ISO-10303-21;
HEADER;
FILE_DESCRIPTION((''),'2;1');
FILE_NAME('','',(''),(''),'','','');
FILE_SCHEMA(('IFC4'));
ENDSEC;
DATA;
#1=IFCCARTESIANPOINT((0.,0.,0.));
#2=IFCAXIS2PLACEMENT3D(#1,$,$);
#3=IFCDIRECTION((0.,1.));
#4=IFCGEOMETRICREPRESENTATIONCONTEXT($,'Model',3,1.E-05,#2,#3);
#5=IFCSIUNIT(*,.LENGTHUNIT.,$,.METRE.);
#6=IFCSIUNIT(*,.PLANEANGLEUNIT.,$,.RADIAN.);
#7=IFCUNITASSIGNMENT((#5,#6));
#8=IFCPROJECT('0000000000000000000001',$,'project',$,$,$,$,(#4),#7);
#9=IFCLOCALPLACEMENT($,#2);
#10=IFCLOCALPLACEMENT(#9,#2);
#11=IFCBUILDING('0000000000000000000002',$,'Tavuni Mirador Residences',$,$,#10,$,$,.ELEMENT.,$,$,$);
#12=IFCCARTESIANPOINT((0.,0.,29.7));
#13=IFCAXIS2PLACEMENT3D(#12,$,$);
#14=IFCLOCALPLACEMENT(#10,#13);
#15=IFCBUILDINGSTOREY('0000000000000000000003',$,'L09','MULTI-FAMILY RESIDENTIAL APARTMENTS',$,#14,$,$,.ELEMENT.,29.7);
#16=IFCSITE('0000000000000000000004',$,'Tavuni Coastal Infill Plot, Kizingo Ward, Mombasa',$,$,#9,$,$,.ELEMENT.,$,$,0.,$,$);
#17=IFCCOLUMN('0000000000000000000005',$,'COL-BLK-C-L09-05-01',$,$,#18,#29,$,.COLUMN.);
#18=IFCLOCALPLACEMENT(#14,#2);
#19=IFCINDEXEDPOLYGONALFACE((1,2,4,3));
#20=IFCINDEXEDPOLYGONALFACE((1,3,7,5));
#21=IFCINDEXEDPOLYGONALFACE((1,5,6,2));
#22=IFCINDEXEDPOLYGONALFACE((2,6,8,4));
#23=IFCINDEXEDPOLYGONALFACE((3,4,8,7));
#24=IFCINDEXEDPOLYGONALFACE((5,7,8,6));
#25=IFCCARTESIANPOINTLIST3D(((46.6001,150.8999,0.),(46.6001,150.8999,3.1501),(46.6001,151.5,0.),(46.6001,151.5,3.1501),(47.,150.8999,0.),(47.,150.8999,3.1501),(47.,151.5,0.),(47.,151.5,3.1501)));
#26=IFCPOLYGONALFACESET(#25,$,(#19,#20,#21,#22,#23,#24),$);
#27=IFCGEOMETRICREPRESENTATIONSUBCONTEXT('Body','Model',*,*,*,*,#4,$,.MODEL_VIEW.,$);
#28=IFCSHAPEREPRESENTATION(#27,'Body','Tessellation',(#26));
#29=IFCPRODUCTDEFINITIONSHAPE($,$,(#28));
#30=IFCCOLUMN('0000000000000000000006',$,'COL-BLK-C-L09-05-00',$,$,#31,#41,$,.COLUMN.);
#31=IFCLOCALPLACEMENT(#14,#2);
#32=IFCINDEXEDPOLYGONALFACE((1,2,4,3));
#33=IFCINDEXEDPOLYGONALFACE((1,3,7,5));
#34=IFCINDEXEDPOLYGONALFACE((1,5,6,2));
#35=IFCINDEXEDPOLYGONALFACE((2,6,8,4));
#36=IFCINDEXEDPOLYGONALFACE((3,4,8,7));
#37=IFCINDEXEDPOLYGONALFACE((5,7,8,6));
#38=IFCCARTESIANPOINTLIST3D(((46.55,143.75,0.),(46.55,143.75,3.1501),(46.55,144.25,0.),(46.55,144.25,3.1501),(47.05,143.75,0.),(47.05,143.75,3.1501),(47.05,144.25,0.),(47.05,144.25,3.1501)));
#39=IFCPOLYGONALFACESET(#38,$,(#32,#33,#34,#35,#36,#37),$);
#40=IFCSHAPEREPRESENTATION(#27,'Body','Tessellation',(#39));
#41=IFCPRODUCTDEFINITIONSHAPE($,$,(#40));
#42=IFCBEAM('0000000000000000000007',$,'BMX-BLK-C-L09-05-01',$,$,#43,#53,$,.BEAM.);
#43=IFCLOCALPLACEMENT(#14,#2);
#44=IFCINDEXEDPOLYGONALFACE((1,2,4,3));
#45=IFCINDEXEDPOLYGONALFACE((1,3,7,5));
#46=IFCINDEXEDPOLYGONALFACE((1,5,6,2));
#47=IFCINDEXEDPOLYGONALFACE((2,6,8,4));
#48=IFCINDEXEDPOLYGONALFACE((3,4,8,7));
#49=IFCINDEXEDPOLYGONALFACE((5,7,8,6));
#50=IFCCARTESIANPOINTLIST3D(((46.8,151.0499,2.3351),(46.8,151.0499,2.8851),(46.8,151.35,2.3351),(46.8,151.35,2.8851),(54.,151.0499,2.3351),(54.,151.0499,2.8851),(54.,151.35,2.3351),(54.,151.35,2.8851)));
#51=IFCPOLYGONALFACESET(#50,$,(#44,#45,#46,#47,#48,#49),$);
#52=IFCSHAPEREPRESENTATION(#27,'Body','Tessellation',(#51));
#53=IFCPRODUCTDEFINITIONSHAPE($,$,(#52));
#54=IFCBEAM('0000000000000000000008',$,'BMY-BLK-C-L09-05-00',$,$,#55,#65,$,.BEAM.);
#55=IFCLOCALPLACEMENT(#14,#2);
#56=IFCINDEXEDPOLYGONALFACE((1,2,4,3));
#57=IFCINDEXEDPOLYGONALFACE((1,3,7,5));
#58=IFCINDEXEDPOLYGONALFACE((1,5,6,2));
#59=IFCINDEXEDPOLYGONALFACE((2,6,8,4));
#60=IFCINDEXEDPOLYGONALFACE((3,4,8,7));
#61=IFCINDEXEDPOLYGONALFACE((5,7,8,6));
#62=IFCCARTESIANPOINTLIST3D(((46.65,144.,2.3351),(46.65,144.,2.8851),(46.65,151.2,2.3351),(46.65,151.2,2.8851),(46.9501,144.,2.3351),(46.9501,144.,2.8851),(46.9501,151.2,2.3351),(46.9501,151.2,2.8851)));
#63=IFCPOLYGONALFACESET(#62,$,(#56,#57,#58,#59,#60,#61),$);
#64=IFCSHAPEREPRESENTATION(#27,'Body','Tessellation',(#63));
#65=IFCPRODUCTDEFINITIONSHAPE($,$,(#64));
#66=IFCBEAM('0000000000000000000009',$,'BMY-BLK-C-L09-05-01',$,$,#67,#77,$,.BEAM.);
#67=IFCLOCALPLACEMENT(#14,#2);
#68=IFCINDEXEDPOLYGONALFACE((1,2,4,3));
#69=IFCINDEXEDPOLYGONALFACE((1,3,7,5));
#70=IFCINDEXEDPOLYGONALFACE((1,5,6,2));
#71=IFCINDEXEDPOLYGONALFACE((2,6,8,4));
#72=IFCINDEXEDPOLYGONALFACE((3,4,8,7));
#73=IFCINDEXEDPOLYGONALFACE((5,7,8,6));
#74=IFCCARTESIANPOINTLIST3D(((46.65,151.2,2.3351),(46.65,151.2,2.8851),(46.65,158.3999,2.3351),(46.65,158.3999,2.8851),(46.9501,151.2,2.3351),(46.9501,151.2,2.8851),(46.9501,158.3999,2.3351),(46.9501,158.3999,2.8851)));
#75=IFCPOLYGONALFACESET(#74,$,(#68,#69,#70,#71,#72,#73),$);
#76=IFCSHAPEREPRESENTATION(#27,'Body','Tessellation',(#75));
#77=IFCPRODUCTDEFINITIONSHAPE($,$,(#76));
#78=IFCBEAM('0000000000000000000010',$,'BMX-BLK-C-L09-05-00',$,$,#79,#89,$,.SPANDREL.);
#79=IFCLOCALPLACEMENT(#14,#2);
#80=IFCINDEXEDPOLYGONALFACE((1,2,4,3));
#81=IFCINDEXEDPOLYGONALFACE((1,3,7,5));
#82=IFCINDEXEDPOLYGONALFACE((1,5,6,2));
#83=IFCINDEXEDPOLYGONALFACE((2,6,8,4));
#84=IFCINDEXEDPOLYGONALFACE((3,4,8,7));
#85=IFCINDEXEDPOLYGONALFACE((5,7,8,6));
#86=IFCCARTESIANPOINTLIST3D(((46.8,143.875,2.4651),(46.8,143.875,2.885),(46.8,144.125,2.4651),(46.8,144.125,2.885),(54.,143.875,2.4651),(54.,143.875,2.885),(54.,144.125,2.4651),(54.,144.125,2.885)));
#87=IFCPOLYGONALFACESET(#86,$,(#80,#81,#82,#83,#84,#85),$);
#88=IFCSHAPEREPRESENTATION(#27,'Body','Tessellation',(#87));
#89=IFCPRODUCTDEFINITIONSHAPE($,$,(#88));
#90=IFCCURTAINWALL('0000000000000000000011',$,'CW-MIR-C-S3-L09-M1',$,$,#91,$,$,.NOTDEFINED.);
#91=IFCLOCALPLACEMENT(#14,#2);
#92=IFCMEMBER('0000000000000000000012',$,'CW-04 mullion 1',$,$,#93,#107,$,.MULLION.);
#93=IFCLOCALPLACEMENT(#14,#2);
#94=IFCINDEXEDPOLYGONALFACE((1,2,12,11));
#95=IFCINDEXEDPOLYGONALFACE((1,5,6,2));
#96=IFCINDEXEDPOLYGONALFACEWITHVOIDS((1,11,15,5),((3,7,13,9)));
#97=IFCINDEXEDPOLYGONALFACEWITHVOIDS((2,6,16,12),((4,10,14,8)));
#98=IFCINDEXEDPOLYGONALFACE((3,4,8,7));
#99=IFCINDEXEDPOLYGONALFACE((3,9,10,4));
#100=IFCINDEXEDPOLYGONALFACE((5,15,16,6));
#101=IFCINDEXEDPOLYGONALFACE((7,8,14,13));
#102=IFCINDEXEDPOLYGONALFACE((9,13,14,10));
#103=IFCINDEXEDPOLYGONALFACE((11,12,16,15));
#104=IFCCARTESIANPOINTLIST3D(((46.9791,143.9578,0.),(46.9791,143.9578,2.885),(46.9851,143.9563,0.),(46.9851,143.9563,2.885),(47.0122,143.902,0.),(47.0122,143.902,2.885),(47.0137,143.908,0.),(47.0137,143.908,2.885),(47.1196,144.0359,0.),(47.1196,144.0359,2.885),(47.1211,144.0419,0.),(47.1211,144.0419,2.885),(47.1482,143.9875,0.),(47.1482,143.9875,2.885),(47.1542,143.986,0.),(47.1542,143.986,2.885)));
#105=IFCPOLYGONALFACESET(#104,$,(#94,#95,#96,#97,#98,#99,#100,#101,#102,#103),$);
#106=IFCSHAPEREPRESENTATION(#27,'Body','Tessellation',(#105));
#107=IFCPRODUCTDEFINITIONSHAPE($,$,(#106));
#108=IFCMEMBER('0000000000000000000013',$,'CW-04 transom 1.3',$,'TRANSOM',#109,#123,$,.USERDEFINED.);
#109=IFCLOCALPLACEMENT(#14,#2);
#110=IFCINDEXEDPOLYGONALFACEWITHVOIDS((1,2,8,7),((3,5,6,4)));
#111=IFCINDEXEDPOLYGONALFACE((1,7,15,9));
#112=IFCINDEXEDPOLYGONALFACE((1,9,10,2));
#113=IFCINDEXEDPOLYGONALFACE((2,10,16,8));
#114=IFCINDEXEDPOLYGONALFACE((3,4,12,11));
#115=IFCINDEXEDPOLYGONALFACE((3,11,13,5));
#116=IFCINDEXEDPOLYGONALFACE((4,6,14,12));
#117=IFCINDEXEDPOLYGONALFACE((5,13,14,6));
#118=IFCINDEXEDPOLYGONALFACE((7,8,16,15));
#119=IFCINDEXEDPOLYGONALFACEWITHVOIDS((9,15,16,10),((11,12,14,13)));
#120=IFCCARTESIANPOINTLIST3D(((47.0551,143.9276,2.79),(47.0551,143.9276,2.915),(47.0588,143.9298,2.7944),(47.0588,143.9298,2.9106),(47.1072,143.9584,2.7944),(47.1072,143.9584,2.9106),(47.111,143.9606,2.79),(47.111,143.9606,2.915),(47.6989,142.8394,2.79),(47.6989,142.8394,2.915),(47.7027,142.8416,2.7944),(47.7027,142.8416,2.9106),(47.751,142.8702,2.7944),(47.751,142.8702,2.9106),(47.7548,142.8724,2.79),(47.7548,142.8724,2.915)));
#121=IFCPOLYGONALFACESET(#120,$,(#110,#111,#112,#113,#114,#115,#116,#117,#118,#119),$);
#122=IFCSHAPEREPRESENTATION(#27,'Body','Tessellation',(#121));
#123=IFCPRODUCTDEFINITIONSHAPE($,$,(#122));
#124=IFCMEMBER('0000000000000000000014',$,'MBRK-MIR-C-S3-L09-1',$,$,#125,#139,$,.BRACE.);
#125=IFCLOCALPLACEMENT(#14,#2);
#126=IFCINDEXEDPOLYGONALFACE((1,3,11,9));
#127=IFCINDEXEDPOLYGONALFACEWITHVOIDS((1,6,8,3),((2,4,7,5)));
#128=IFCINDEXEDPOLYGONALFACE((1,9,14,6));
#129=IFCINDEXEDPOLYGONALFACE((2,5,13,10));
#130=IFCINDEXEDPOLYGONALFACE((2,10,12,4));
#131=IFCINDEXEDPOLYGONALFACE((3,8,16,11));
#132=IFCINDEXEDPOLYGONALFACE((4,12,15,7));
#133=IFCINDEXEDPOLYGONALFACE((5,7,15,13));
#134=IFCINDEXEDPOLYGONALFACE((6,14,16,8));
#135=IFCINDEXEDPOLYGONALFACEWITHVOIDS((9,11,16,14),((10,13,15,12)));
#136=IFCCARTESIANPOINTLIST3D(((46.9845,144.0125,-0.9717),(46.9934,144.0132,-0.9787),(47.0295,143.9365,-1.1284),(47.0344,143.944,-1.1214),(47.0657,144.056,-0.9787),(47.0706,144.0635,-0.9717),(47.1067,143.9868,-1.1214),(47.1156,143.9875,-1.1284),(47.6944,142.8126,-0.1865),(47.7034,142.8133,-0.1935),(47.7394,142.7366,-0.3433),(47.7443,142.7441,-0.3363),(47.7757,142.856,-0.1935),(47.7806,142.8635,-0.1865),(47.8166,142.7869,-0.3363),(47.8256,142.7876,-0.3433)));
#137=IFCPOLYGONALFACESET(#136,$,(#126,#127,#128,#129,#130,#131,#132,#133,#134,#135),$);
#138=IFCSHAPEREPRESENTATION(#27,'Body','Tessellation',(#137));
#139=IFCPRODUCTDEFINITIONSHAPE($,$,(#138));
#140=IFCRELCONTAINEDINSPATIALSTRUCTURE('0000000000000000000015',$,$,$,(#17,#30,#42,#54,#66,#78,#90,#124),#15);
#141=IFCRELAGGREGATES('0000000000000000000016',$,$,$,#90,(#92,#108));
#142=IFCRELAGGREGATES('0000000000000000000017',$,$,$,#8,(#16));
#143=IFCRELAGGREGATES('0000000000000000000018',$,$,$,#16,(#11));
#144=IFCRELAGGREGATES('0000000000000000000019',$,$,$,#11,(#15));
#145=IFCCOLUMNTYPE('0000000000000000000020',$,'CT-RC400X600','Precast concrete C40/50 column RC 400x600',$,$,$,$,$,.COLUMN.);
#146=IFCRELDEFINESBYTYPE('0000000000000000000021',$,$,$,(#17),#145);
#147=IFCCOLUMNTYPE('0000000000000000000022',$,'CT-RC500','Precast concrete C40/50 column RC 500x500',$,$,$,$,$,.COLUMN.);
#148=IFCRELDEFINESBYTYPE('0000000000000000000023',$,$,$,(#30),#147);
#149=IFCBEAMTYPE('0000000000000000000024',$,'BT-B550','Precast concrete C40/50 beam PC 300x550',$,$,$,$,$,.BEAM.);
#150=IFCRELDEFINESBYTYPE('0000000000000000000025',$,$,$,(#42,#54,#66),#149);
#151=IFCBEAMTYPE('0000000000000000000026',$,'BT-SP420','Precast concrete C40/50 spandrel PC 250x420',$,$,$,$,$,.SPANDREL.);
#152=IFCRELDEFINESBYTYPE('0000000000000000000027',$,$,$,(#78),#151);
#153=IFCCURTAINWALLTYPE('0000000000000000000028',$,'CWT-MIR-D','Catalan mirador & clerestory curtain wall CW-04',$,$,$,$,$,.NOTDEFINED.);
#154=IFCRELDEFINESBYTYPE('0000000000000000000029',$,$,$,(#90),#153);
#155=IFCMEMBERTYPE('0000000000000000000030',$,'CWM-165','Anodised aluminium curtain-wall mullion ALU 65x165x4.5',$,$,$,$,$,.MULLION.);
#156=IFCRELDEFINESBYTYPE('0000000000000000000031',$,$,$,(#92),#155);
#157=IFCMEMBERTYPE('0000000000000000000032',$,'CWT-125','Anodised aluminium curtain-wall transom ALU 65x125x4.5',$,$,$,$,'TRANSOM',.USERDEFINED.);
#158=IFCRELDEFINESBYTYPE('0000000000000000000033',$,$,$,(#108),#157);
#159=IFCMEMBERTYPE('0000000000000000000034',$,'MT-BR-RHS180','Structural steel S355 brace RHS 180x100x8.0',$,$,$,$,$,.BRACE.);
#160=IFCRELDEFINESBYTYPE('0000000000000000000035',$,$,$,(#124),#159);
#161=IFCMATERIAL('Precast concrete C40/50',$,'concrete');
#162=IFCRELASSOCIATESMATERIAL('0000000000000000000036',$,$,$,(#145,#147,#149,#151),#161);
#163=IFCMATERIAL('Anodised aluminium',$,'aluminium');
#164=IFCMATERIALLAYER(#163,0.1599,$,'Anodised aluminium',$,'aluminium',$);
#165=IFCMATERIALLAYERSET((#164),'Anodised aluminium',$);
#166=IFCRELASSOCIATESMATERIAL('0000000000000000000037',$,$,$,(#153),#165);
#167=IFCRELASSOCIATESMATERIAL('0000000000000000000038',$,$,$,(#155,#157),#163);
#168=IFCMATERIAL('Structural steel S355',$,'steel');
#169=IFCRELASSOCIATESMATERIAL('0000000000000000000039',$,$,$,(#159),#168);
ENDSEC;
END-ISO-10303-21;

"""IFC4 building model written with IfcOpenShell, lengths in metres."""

from ifc_helpers import new_model, si_unit, direction, frame, origin, origin_2d, place, context, subcontext, project, spatial, rectangle, hollow_rectangle, extrude, material, layer, layer_set, material_profile, profile_set, type_object, element, aggregate, save


model = new_model("IFC4")

# Units and contexts
model_context = context("Model", 3, precision=1e-05, world=origin(), true_north=direction((0.0, 1.0)))
body_context = subcontext(model_context, "Body", "Model", "MODEL_VIEW")
ifc_project = project(units=[si_unit("LENGTHUNIT", "METRE"), si_unit("PLANEANGLEUNIT", "RADIAN")], contexts=[model_context])

# Site, building, storey
site_placement = place(None, origin())
site = spatial("IfcSite", under=ifc_project, at=site_placement, Name="Tavuni Coastal Infill Plot, Kizingo Ward, Mombasa", CompositionType="ELEMENT", RefElevation=0.0)
building_placement = place(site_placement, origin())
building = spatial("IfcBuilding", under=site, at=building_placement, Name="Tavuni Mirador Residences", CompositionType="ELEMENT")
storey_placement = place(building_placement, frame((0.0, 0.0, 29.7)))
storey = spatial("IfcBuildingStorey", under=building, at=storey_placement, Name="L09", Description="MULTI-FAMILY RESIDENTIAL APARTMENTS", CompositionType="ELEMENT", Elevation=29.7)

# Columns
ifc_material_1 = material(Name="Precast concrete C40/50", Category="concrete")
ifc_material_profile_1 = material_profile(ifc_material_1, rectangle(XDim=0.3999, YDim=0.6001, at=origin_2d()), Name="RC 400x600", Category="concrete")
ifc_profile_set_1 = profile_set([ifc_material_profile_1], Name="Precast concrete C40/50")
column_type_1 = type_object("IfcColumnType", Name="CT-RC400X600", Description="Precast concrete C40/50 column RC 400x600", PredefinedType="COLUMN", material=ifc_profile_set_1)
column_1_placement = place(storey_placement, frame((46.8, 151.2, 0.0), z_axis=(0.0, 0.0, 1.0), x_axis=(1.0, 0.0, 0.0)))
element("IfcColumn", 1, at=column_1_placement, inside=storey, type_object=column_type_1, Name="COL-BLK-C-L09-05-01", PredefinedType="COLUMN", context=body_context, shape_type="SweptSolid", body=[
    extrude(rectangle(XDim=0.3999, YDim=0.6001, at=origin_2d()), origin(), (0.0, 0.0, 1.0), 3.1501),
])
ifc_material_profile_2 = material_profile(ifc_material_1, rectangle(XDim=0.5, YDim=0.5, at=origin_2d()), Name="RC 500x500", Category="concrete")
ifc_profile_set_2 = profile_set([ifc_material_profile_2], Name="Precast concrete C40/50")
column_type_2 = type_object("IfcColumnType", Name="CT-RC500", Description="Precast concrete C40/50 column RC 500x500", PredefinedType="COLUMN", material=ifc_profile_set_2)
column_2_placement = place(storey_placement, frame((46.8, 144.0, 0.0), z_axis=(0.0, 0.0, 1.0), x_axis=(1.0, 0.0, 0.0)))
element("IfcColumn", 2, at=column_2_placement, inside=storey, type_object=column_type_2, Name="COL-BLK-C-L09-05-00", PredefinedType="COLUMN", context=body_context, shape_type="SweptSolid", body=[
    extrude(rectangle(XDim=0.5, YDim=0.5, at=origin_2d()), origin(), (0.0, 0.0, 1.0), 3.1501),
])

# Beams
ifc_material_profile_3 = material_profile(ifc_material_1, rectangle(XDim=0.3, YDim=0.55, at=origin_2d()), Name="PC 300x550", Category="concrete")
ifc_profile_set_3 = profile_set([ifc_material_profile_3], Name="Precast concrete C40/50")
beam_type_1 = type_object("IfcBeamType", Name="BT-B550", Description="Precast concrete C40/50 beam PC 300x550", PredefinedType="BEAM", material=ifc_profile_set_3)
for number, where, z_axis, x_axis, name in (
    (3, (46.8, 151.2, 2.6101), (1.0, 0.0, 0.0), (0.0, 1.0, 0.0), "BMX-BLK-C-L09-05-01"),
    (4, (46.8, 144.0, 2.6101), (0.0, 1.0, 0.0), (-1.0, 0.0, 0.0), "BMY-BLK-C-L09-05-00"),
    (5, (46.8, 151.2, 2.6101), (0.0, 1.0, 0.0), (-1.0, 0.0, 0.0), "BMY-BLK-C-L09-05-01"),
):
    element("IfcBeam", number, at=place(storey_placement, frame(where, z_axis=z_axis, x_axis=x_axis)), inside=storey, type_object=beam_type_1, Name=name, PredefinedType="BEAM", context=body_context, shape_type="SweptSolid", body=[
        extrude(rectangle(XDim=0.3, YDim=0.55, at=origin_2d()), origin(), (0.0, 0.0, 1.0), 7.2),
    ])
ifc_material_profile_4 = material_profile(ifc_material_1, rectangle(XDim=0.25, YDim=0.4199, at=origin_2d()), Name="PC 250x420", Category="concrete")
ifc_profile_set_4 = profile_set([ifc_material_profile_4], Name="Precast concrete C40/50")
beam_type_2 = type_object("IfcBeamType", Name="BT-SP420", Description="Precast concrete C40/50 spandrel PC 250x420", PredefinedType="SPANDREL", material=ifc_profile_set_4)
beam_placement = place(storey_placement, frame((46.8, 144.0, 2.675), z_axis=(1.0, 0.0, 0.0), x_axis=(0.0, 1.0, 0.0)))
element("IfcBeam", 6, at=beam_placement, inside=storey, type_object=beam_type_2, Name="BMX-BLK-C-L09-05-00", PredefinedType="SPANDREL", context=body_context, shape_type="SweptSolid", body=[
    extrude(rectangle(XDim=0.25, YDim=0.4199, at=origin_2d()), origin(), (0.0, 0.0, 1.0), 7.2),
])

# Curtain wall, members
ifc_material_2 = material(Name="Anodised aluminium", Category="aluminium")
ifc_layer_1 = layer(ifc_material_2, 0.1599, Name="Anodised aluminium", Category="aluminium")
ifc_layer_set_1 = layer_set([ifc_layer_1], Name="Anodised aluminium")
curtain_wall_type = type_object("IfcCurtainWallType", Name="CWT-MIR-D", Description="Catalan mirador & clerestory curtain wall CW-04", PredefinedType="NOTDEFINED", material=ifc_layer_set_1)
curtain_wall_placement = place(storey_placement, origin())
curtain_wall = element("IfcCurtainWall", 7, at=curtain_wall_placement, inside=storey, type_object=curtain_wall_type, Name="CW-MIR-C-S3-L09-M1", PredefinedType="NOTDEFINED")
ifc_material_profile_5 = material_profile(ifc_material_2, hollow_rectangle(XDim=0.0649, YDim=0.165, WallThickness=0.0044, at=origin_2d()), Name="ALU 65x165x4.5", Category="aluminium")
ifc_profile_set_5 = profile_set([ifc_material_profile_5], Name="Anodised aluminium")
member_type_1 = type_object("IfcMemberType", Name="CWM-165", Description="Anodised aluminium curtain-wall mullion ALU 65x165x4.5", PredefinedType="MULLION", material=ifc_profile_set_5)
member_1_placement = place(storey_placement, frame((47.0667, 143.9719, 0.0), z_axis=(0.0, 0.0, 1.0), x_axis=(0.509212, -0.860641, 0.0)))
member_1 = element("IfcMember", 8, at=member_1_placement, type_object=member_type_1, Name="CW-04 mullion 1", PredefinedType="MULLION", context=body_context, shape_type="SweptSolid", body=[
    extrude(hollow_rectangle(XDim=0.0649, YDim=0.165, WallThickness=0.0044, at=origin_2d()), origin(), (0.0, 0.0, 1.0), 2.885),
])
ifc_material_profile_6 = material_profile(ifc_material_2, hollow_rectangle(XDim=0.0649, YDim=0.125, WallThickness=0.0044, at=origin_2d()), Name="ALU 65x125x4.5", Category="aluminium")
ifc_profile_set_6 = profile_set([ifc_material_profile_6], Name="Anodised aluminium")
member_type_2 = type_object("IfcMemberType", Name="CWT-125", Description="Anodised aluminium curtain-wall transom ALU 65x125x4.5", ElementType="TRANSOM", PredefinedType="USERDEFINED", material=ifc_profile_set_6)
member_2_placement = place(storey_placement, frame((47.083, 143.9441, 2.8525), z_axis=(0.509204, -0.860646, 0.0), x_axis=(0.860646, 0.509204, 0.0)))
member_2 = element("IfcMember", 9, at=member_2_placement, type_object=member_type_2, Name="CW-04 transom 1.3", ObjectType="TRANSOM", PredefinedType="USERDEFINED", context=body_context, shape_type="SweptSolid", body=[
    extrude(hollow_rectangle(XDim=0.0649, YDim=0.125, WallThickness=0.0044, at=origin_2d()), origin(), (0.0, 0.0, 1.0), 1.2644),
])
aggregate(curtain_wall, [member_1, member_2])

# Member
ifc_material_3 = material(Name="Structural steel S355", Category="steel")
ifc_material_profile_7 = material_profile(ifc_material_3, hollow_rectangle(XDim=0.1001, YDim=0.1799, WallThickness=0.0081, at=origin_2d()), Name="RHS 180x100x8.0", Category="steel")
ifc_profile_set_7 = profile_set([ifc_material_profile_7], Name="Structural steel S355")
member_type_3 = type_object("IfcMemberType", Name="MT-BR-RHS180", Description="Structural steel S355 brace RHS 180x100x8.0", PredefinedType="BRACE", material=ifc_profile_set_7)
member_3_placement = place(storey_placement, frame((47.05, 144.0, -1.05), z_axis=(0.443691, -0.749911, 0.490685), x_axis=(0.860644, 0.509207, 0.0)))
element("IfcMember", 10, at=member_3_placement, inside=storey, type_object=member_type_3, Name="MBRK-MIR-C-S3-L09-1", PredefinedType="BRACE", context=body_context, shape_type="SweptSolid", body=[
    extrude(hollow_rectangle(XDim=0.1001, YDim=0.1799, WallThickness=0.0081, at=origin_2d()), origin(), (0.0, 0.0, 1.0), 1.6001),
])

save(model, "model.ifc")
